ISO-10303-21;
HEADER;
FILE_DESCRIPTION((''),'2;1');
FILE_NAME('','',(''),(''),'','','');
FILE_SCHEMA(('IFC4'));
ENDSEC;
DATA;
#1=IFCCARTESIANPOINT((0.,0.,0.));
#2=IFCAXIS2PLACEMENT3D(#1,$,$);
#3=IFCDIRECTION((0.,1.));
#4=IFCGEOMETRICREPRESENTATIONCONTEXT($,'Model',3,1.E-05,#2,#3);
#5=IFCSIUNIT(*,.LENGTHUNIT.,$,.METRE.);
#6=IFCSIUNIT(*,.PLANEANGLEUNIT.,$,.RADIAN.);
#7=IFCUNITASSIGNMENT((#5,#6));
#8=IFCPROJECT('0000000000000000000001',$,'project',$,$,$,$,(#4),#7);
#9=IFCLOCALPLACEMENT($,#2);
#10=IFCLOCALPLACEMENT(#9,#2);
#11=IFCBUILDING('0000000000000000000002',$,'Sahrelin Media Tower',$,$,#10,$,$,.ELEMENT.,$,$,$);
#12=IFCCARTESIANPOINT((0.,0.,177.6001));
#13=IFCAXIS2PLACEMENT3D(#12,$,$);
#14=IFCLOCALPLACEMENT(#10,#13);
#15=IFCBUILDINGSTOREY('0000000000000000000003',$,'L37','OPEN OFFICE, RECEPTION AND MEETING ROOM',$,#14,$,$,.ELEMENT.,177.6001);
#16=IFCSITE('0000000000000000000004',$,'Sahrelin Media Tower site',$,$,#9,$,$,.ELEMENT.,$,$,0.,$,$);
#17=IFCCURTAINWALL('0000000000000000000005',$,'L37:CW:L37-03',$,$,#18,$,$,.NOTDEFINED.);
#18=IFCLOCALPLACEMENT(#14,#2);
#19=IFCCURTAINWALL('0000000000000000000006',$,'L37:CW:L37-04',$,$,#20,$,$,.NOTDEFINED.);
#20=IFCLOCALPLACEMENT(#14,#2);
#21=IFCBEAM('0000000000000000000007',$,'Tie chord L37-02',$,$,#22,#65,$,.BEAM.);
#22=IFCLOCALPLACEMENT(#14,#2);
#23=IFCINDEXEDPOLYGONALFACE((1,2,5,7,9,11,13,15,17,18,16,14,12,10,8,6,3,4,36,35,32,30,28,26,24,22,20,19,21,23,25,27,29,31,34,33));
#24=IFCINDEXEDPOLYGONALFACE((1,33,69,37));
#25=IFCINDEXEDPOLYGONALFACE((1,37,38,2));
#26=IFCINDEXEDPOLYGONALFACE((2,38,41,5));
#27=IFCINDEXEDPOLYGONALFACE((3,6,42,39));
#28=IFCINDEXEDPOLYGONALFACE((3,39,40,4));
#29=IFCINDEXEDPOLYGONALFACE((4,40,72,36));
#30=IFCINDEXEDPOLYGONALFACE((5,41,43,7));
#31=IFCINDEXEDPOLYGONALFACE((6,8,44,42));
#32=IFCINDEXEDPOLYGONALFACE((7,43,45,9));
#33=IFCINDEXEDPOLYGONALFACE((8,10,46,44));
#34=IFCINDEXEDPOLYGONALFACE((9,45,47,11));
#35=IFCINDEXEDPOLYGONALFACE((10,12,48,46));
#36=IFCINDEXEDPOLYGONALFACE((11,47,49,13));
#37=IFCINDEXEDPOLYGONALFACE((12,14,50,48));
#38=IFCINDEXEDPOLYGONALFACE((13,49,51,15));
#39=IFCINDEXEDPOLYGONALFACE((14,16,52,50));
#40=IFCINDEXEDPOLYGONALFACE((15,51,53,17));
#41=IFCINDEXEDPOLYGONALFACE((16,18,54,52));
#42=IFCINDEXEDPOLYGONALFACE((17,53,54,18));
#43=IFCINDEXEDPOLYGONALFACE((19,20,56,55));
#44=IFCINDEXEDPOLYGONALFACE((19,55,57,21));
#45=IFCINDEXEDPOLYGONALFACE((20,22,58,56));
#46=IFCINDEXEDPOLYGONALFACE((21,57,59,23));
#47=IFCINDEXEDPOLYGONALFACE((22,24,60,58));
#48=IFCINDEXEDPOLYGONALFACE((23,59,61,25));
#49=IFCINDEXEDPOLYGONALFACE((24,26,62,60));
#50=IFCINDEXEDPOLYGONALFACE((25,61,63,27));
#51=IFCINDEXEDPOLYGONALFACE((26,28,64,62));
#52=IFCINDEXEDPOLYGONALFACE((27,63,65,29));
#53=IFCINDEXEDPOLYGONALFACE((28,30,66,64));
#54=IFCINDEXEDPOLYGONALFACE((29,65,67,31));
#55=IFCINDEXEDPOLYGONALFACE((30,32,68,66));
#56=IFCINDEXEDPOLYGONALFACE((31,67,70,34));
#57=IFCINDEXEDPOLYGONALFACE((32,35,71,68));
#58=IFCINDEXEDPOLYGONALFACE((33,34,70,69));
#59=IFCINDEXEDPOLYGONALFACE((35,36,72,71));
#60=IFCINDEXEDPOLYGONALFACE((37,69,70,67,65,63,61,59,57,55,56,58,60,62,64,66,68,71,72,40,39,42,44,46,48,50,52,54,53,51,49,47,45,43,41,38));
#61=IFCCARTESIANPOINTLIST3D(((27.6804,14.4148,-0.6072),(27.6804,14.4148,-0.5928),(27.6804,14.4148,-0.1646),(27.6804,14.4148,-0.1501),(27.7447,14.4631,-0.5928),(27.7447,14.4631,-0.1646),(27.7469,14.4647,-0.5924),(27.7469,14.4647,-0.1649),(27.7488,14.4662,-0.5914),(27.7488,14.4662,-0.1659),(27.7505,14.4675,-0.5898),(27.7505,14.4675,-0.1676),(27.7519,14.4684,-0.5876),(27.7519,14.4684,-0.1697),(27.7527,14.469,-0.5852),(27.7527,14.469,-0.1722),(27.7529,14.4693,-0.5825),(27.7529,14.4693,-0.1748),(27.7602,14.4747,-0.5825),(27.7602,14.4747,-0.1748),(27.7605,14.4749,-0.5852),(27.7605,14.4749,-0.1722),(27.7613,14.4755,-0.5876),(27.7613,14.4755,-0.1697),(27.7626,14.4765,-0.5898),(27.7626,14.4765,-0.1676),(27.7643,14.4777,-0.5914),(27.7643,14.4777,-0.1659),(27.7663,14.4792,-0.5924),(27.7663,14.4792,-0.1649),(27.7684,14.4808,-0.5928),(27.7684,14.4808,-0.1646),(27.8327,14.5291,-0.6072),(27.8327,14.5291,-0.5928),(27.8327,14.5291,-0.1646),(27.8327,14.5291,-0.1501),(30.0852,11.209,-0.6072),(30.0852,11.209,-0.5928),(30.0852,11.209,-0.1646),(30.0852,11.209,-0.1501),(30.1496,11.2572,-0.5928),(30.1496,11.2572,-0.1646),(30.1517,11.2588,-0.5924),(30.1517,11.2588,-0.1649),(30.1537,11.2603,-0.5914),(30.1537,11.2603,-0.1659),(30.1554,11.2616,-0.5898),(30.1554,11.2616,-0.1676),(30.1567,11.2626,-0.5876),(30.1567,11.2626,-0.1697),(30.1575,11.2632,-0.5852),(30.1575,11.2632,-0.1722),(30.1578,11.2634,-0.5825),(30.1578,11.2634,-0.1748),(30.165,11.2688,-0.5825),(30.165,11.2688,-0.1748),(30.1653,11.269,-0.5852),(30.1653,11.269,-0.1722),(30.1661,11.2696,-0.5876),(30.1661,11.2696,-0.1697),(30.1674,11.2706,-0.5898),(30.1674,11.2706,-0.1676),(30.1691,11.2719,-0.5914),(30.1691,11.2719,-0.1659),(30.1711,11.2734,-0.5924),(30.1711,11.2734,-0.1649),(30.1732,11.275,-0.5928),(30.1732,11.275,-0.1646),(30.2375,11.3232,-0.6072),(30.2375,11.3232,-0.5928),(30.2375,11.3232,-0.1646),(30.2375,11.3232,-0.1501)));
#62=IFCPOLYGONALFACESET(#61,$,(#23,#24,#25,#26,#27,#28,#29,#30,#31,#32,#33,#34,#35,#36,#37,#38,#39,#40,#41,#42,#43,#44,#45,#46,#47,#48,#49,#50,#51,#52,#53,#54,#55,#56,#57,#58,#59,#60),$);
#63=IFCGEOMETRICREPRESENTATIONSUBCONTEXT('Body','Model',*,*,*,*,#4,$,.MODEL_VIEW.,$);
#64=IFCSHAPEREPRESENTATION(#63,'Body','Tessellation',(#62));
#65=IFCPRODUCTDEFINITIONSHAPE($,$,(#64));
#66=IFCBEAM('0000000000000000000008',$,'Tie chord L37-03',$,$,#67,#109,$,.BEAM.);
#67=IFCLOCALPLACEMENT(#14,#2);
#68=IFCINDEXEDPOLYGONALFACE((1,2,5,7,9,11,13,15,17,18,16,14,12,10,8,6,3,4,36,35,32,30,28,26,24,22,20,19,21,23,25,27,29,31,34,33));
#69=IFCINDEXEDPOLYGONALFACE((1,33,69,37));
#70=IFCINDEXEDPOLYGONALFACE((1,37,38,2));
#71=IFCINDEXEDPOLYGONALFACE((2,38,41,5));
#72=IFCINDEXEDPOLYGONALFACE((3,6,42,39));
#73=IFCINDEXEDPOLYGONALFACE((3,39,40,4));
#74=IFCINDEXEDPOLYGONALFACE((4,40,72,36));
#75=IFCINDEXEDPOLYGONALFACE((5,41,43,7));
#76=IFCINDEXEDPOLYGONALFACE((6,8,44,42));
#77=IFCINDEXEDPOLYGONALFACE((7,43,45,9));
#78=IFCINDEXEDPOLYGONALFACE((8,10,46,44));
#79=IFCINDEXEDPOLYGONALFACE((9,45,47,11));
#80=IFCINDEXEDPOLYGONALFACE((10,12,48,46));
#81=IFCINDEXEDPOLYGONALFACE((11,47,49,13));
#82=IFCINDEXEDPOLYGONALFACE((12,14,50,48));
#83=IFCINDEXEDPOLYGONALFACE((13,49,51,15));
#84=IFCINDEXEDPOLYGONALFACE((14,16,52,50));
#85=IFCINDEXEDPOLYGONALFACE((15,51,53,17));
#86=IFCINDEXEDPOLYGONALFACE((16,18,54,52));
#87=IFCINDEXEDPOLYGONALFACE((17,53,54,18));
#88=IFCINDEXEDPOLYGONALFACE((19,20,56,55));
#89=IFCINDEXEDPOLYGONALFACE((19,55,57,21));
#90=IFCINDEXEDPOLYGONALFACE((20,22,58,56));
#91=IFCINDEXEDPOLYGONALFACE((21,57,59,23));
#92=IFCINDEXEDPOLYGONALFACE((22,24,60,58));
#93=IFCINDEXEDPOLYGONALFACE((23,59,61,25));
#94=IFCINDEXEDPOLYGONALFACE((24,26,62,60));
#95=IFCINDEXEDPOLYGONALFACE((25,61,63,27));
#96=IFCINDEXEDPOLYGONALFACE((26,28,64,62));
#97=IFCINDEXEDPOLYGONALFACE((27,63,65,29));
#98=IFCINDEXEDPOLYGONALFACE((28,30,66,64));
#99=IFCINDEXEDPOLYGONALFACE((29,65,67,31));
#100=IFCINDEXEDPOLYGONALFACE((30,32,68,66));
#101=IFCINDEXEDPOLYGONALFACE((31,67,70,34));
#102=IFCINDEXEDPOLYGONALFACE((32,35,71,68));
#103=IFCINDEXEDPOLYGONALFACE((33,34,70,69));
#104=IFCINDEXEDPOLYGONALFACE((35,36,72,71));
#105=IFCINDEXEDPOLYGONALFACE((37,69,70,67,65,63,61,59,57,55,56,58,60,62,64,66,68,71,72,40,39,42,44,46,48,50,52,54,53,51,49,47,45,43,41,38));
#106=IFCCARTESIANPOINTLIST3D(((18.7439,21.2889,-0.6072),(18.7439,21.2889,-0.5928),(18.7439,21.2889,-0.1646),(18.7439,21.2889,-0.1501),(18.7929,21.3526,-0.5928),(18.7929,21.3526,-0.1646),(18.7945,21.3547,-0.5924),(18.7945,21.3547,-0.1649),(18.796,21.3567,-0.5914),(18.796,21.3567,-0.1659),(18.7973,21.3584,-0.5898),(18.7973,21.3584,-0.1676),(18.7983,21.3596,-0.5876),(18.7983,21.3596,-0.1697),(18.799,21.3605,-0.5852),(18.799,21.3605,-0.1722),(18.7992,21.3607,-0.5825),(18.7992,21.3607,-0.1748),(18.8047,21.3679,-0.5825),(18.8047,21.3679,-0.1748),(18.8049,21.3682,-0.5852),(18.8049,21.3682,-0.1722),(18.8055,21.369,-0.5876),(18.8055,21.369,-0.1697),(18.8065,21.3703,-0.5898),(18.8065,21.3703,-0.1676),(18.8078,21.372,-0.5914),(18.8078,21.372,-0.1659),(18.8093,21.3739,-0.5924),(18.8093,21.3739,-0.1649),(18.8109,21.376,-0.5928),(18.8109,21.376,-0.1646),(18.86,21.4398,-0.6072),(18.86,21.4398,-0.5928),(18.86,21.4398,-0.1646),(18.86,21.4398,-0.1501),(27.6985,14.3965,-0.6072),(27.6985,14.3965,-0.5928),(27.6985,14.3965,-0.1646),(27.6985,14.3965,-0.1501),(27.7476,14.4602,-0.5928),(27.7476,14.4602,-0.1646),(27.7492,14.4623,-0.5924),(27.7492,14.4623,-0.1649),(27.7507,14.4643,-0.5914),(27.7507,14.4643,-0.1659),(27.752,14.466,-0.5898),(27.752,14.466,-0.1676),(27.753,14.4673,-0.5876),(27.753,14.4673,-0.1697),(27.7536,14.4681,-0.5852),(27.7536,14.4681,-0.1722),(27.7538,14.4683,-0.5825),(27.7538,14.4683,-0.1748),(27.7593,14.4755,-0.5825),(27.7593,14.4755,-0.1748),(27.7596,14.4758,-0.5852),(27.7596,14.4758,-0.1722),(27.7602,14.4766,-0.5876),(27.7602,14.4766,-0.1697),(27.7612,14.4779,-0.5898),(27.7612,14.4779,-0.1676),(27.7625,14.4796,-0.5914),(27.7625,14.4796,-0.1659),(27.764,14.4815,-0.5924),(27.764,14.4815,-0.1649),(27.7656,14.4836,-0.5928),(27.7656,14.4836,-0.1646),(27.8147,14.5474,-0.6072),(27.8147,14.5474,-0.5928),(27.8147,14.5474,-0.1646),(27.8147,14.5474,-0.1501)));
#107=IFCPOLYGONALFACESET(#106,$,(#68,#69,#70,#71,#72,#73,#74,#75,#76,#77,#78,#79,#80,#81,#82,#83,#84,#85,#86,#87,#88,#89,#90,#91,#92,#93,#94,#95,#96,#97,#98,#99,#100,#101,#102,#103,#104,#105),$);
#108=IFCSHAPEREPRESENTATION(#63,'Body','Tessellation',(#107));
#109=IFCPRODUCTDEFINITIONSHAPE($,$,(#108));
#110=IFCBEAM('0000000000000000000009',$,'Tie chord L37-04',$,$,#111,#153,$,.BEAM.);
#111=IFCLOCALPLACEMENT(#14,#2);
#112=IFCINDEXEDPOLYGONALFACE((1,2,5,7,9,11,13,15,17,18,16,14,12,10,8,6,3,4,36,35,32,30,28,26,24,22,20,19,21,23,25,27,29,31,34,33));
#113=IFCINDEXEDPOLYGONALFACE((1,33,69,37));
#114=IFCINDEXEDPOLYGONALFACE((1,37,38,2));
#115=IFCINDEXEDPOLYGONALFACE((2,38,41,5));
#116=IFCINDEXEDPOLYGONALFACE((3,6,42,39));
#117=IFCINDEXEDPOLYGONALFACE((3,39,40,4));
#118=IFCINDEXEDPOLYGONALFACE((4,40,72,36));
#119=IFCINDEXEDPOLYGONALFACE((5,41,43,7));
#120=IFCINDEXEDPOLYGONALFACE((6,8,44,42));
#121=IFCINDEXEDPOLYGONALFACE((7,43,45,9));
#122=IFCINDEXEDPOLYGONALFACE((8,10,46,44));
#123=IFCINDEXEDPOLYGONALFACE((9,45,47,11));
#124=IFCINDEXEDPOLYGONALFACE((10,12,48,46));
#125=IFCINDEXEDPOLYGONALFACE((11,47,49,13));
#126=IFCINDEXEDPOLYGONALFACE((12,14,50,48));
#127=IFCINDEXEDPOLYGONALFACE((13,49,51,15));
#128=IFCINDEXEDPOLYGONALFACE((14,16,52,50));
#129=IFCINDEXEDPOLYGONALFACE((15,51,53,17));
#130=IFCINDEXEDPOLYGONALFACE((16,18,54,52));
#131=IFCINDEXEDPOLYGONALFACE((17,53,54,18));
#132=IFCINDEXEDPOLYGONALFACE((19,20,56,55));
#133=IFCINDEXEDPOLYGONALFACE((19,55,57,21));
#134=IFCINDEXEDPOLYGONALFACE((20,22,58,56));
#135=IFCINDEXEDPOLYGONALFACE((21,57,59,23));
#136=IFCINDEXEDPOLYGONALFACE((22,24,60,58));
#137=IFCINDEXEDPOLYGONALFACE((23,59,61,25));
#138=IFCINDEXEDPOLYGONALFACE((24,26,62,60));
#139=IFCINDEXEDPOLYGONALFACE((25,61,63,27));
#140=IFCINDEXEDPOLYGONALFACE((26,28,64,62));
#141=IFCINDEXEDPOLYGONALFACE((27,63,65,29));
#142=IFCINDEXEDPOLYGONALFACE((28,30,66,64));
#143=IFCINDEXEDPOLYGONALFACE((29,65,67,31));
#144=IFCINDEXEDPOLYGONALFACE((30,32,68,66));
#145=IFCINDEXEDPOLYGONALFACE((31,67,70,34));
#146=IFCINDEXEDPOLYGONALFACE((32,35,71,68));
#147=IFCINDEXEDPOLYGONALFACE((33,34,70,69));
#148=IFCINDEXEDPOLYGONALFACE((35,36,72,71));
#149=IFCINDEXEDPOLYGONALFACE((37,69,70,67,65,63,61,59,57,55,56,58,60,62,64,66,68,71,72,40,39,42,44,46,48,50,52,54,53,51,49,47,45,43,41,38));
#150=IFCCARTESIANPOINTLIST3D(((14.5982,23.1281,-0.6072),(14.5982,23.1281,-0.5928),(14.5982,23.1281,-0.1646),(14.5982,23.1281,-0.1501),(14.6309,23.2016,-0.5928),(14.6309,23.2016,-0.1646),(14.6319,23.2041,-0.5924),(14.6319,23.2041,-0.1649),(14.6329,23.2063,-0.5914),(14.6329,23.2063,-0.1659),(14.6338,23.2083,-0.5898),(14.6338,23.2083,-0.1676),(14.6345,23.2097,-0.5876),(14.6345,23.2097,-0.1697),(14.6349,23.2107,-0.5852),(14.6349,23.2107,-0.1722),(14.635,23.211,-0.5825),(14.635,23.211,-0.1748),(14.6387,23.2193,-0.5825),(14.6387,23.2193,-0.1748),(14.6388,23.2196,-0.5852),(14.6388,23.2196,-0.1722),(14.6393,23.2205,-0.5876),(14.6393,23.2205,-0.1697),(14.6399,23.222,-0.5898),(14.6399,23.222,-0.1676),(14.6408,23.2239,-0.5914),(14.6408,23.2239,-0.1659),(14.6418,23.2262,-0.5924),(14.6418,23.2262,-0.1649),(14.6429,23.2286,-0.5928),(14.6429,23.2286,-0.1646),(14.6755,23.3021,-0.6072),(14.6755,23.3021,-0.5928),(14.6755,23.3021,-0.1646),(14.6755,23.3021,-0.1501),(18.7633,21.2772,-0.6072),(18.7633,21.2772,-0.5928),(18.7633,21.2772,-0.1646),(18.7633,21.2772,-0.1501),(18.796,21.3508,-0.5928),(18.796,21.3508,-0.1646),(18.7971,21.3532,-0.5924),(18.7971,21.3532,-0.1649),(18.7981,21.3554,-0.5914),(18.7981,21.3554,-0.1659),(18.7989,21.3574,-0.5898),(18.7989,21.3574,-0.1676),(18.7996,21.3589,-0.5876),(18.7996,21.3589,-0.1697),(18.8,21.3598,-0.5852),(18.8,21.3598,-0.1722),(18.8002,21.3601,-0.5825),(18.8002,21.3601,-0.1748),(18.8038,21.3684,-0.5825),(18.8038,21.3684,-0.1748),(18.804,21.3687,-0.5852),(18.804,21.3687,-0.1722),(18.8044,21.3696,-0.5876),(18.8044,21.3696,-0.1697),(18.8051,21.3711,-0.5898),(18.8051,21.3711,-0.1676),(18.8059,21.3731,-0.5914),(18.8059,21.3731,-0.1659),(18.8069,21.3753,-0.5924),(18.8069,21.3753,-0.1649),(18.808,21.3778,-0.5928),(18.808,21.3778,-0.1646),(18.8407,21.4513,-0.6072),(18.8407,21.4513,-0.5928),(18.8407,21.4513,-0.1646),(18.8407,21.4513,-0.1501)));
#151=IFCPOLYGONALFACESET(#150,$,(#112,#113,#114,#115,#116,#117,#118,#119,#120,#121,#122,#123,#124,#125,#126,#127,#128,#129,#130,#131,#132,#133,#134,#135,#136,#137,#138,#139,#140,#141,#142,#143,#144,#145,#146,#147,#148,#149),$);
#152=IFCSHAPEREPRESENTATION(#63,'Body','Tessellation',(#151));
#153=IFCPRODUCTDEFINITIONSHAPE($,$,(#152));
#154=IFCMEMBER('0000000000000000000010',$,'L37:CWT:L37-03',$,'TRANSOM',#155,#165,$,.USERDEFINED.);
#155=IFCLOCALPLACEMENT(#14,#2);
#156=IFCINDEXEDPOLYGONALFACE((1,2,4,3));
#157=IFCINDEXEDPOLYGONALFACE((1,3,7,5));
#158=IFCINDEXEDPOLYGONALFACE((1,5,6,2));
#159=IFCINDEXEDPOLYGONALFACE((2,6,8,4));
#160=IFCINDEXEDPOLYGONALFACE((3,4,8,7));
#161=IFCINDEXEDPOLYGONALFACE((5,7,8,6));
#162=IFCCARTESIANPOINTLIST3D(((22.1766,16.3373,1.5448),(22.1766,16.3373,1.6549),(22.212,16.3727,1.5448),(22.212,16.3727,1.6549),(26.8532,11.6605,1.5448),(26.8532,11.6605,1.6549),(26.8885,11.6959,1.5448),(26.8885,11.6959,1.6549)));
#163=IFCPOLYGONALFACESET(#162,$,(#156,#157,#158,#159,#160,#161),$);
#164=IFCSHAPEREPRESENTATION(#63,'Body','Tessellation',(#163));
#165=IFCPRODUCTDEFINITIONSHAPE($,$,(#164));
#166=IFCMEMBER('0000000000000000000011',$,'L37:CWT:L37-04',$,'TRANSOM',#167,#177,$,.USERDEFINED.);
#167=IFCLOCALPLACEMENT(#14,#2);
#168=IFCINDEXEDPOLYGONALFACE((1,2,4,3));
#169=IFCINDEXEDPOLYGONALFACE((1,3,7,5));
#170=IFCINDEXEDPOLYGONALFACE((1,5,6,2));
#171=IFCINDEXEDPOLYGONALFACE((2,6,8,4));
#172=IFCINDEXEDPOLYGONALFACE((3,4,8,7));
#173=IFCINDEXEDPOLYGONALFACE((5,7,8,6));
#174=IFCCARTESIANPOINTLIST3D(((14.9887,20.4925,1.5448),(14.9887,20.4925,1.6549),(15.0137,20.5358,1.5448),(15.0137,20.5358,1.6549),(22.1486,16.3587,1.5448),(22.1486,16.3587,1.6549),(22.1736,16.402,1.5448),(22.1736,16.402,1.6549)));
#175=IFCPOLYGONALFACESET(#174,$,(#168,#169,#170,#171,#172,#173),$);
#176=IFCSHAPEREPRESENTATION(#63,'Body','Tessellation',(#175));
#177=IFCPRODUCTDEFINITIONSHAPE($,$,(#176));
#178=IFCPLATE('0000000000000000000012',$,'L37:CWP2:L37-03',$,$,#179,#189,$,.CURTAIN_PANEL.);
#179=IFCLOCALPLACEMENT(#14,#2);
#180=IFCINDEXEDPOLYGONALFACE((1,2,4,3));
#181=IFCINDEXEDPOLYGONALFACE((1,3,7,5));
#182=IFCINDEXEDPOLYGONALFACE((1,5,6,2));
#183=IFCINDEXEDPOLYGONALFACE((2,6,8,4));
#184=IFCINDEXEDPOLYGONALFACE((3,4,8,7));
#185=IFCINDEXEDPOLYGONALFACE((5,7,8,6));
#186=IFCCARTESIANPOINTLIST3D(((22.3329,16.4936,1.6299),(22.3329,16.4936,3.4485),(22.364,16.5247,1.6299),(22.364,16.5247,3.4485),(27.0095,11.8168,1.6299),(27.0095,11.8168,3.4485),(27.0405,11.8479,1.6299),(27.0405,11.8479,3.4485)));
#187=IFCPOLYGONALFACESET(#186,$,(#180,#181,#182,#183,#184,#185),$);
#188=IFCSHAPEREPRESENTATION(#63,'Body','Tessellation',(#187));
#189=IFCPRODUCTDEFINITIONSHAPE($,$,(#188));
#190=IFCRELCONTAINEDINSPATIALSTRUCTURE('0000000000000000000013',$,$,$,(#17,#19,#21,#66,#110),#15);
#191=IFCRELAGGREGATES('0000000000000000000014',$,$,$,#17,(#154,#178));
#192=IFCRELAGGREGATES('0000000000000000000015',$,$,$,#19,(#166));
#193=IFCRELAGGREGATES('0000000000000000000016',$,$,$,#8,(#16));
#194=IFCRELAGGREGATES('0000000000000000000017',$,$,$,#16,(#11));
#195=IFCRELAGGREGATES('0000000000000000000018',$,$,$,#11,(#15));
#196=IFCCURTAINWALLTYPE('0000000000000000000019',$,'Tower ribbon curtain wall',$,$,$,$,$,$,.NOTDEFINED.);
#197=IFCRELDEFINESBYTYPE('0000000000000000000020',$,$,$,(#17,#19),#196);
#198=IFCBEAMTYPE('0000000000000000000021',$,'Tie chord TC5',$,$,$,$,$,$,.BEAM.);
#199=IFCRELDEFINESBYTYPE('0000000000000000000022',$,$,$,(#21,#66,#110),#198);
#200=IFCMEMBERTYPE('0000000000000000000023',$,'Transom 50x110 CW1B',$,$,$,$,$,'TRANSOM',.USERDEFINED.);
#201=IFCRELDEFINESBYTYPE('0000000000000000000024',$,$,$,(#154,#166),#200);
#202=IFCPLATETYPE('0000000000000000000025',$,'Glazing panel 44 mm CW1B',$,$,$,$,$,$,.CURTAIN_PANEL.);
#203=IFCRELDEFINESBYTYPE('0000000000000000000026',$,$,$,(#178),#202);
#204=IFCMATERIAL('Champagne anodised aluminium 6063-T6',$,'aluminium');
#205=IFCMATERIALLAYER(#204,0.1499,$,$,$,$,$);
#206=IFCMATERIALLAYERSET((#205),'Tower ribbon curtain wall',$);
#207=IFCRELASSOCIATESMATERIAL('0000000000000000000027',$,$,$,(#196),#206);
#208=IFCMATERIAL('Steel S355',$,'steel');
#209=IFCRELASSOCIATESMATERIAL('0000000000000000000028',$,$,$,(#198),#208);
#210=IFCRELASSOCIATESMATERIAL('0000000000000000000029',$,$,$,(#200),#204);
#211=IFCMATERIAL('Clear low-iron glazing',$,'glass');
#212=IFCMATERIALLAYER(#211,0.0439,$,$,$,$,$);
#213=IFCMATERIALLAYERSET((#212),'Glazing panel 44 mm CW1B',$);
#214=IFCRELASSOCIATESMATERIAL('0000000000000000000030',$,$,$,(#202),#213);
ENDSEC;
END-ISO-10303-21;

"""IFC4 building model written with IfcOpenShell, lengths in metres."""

from ifc_helpers import new_model, si_unit, direction, frame, origin, origin_2d, place, context, subcontext, project, spatial, polyline, rectangle, i_section, outline, extrude, material, layer, layer_set, material_profile, profile_set, type_object, element, aggregate, save


model = new_model("IFC4")

# Units and contexts
model_context = context("Model", 3, precision=1e-05, world=origin(), true_north=direction((0.0, 1.0)))
body_context = subcontext(model_context, "Body", "Model", "MODEL_VIEW")
ifc_project = project(units=[si_unit("LENGTHUNIT", "METRE"), si_unit("PLANEANGLEUNIT", "RADIAN")], contexts=[model_context])

# Site, building, storey
site_placement = place(None, origin())
site = spatial("IfcSite", under=ifc_project, at=site_placement, Name="Sahrelin Media Tower site", CompositionType="ELEMENT", RefElevation=0.0)
building_placement = place(site_placement, origin())
building = spatial("IfcBuilding", under=site, at=building_placement, Name="Sahrelin Media Tower", CompositionType="ELEMENT")
storey_placement = place(building_placement, frame((0.0, 0.0, 177.6001)))
storey = spatial("IfcBuildingStorey", under=building, at=storey_placement, Name="L37", Description="OPEN OFFICE, RECEPTION AND MEETING ROOM", CompositionType="ELEMENT", Elevation=177.6001)

# Shared definitions
ifc_material_1 = material(Name="Steel S355", Category="steel")

# Curtain walls
ifc_material_2 = material(Name="Champagne anodised aluminium 6063-T6", Category="aluminium")
ifc_layer_1 = layer(ifc_material_2, 0.1499)
ifc_layer_set_1 = layer_set([ifc_layer_1], Name="Tower ribbon curtain wall")
curtain_wall_type = type_object("IfcCurtainWallType", Name="Tower ribbon curtain wall", PredefinedType="NOTDEFINED", material=ifc_layer_set_1)
curtain_wall_1_placement = place(storey_placement, frame((24.6882, 14.1721, 0.0), z_axis=(0.0, 0.0, 1.0), x_axis=(1.0, 0.0, 0.0)))
curtain_wall_1 = element("IfcCurtainWall", 1, at=curtain_wall_1_placement, inside=storey, type_object=curtain_wall_type, Name="L37:CW:L37-03", PredefinedType="NOTDEFINED")
curtain_wall_2_placement = place(storey_placement, frame((18.6912, 18.6377, 0.0), z_axis=(0.0, 0.0, 1.0), x_axis=(1.0, 0.0, 0.0)))
curtain_wall_2 = element("IfcCurtainWall", 2, at=curtain_wall_2_placement, inside=storey, type_object=curtain_wall_type, Name="L37:CW:L37-04", PredefinedType="NOTDEFINED")

# Beams
ifc_material_profile_1 = material_profile(ifc_material_1, i_section(OverallWidth=0.1904, OverallDepth=0.457, WebThickness=0.009, FlangeThickness=0.0144, FilletRadius=0.0103, at=origin_2d()), Name="UB 457x191x74")
ifc_profile_set_1 = profile_set([ifc_material_profile_1], Name="Steel S355")
beam_type_1 = type_object("IfcBeamType", Name="Tie chord TC5", PredefinedType="BEAM", material=ifc_profile_set_1)
beam_1_placement = place(storey_placement, frame((30.1614, 11.2661, -0.3787), z_axis=(-0.600068, 0.799949, 0.0), x_axis=(-0.799949, -0.600068, 0.0)))
element("IfcBeam", 3, at=beam_1_placement, inside=storey, type_object=beam_type_1, Name="Tie chord L37-02", PredefinedType="BEAM", context=body_context, shape_type="SweptSolid", body=[
    extrude(i_section(OverallWidth=0.1904, OverallDepth=0.457, WebThickness=0.009, FlangeThickness=0.0144, FilletRadius=0.0103, at=origin_2d()), origin(), (0.0, 0.0, 1.0), 4.0076),
])
beam_2_placement = place(storey_placement, frame((27.7566, 14.4719, -0.3787), z_axis=(-0.792445, 0.609944, 0.0), x_axis=(-0.609944, -0.792445, 0.0)))
element("IfcBeam", 4, at=beam_2_placement, inside=storey, type_object=beam_type_1, Name="Tie chord L37-03", PredefinedType="BEAM", context=body_context, shape_type="SweptSolid", body=[
    extrude(i_section(OverallWidth=0.1904, OverallDepth=0.457, WebThickness=0.009, FlangeThickness=0.0144, FilletRadius=0.0103, at=origin_2d()), origin(), (0.0, 0.0, 1.0), 11.3),
])
beam_3_placement = place(storey_placement, frame((18.802, 21.3643, -0.3787), z_axis=(-0.913836, 0.406084, 0.0), x_axis=(-0.406084, -0.913836, 0.0)))
element("IfcBeam", 5, at=beam_3_placement, inside=storey, type_object=beam_type_1, Name="Tie chord L37-04", PredefinedType="BEAM", context=body_context, shape_type="SweptSolid", body=[
    extrude(i_section(OverallWidth=0.1904, OverallDepth=0.457, WebThickness=0.009, FlangeThickness=0.0144, FilletRadius=0.0103, at=origin_2d()), origin(), (0.0, 0.0, 1.0), 4.5579),
])

# Members
ifc_material_profile_2 = material_profile(ifc_material_2, rectangle(XDim=0.05, YDim=0.1101, at=origin_2d()), Name="Transom 50x110")
ifc_profile_set_2 = profile_set([ifc_material_profile_2], Name="Champagne anodised aluminium 6063-T6")
member_type_1 = type_object("IfcMemberType", Name="Transom 50x110 CW1B", ElementType="TRANSOM", PredefinedType="USERDEFINED", material=ifc_profile_set_2)
member_1_placement = place(storey_placement, frame((26.8708, 11.6782, 1.5999), z_axis=(-0.707088, 0.707125, 0.0), x_axis=(-0.707125, -0.707088, 0.0)))
member_1 = element("IfcMember", 6, at=member_1_placement, type_object=member_type_1, Name="L37:CWT:L37-03", ObjectType="TRANSOM", PredefinedType="USERDEFINED", context=body_context, shape_type="SweptSolid", body=[
    extrude(rectangle(XDim=0.05, YDim=0.1101, at=origin_2d()), origin(), (0.0, 0.0, 1.0), 6.6138),
])
member_2_placement = place(storey_placement, frame((22.1611, 16.3804, 1.5999), z_axis=(-0.866025, 0.500001, 0.0), x_axis=(-0.500001, -0.866025, 0.0)))
member_2 = element("IfcMember", 7, at=member_2_placement, type_object=member_type_1, Name="L37:CWT:L37-04", ObjectType="TRANSOM", PredefinedType="USERDEFINED", context=body_context, shape_type="SweptSolid", body=[
    extrude(rectangle(XDim=0.05, YDim=0.1101, at=origin_2d()), origin(), (0.0, 0.0, 1.0), 8.2676),
])

# Plate
ifc_material_3 = material(Name="Clear low-iron glazing", Category="glass")
ifc_layer_2 = layer(ifc_material_3, 0.0439)
ifc_layer_set_2 = layer_set([ifc_layer_2], Name="Glazing panel 44 mm CW1B")
plate_type_1 = type_object("IfcPlateType", Name="Glazing panel 44 mm CW1B", PredefinedType="CURTAIN_PANEL", material=ifc_layer_set_2)
plate_1_placement = place(storey_placement, frame((27.0405, 11.8479, 1.6299), z_axis=(0.707125, 0.707088, 0.0), x_axis=(-0.707088, 0.707125, 0.0)))
plate_1 = element("IfcPlate", 8, at=plate_1_placement, type_object=plate_type_1, Name="L37:CWP2:L37-03", PredefinedType="CURTAIN_PANEL", context=body_context, shape_type="SweptSolid", body=[
    extrude(outline(polyline([(0.0, 0.0), (6.6138, 0.0), (6.6138, 1.8186), (0.0, 1.8186), (0.0, 0.0)])), origin(), (0.0, 0.0, -1.0), 0.0439),
])

aggregate(curtain_wall_1, [member_1, plate_1])
aggregate(curtain_wall_2, [member_2])

save(model, "model.ifc")
